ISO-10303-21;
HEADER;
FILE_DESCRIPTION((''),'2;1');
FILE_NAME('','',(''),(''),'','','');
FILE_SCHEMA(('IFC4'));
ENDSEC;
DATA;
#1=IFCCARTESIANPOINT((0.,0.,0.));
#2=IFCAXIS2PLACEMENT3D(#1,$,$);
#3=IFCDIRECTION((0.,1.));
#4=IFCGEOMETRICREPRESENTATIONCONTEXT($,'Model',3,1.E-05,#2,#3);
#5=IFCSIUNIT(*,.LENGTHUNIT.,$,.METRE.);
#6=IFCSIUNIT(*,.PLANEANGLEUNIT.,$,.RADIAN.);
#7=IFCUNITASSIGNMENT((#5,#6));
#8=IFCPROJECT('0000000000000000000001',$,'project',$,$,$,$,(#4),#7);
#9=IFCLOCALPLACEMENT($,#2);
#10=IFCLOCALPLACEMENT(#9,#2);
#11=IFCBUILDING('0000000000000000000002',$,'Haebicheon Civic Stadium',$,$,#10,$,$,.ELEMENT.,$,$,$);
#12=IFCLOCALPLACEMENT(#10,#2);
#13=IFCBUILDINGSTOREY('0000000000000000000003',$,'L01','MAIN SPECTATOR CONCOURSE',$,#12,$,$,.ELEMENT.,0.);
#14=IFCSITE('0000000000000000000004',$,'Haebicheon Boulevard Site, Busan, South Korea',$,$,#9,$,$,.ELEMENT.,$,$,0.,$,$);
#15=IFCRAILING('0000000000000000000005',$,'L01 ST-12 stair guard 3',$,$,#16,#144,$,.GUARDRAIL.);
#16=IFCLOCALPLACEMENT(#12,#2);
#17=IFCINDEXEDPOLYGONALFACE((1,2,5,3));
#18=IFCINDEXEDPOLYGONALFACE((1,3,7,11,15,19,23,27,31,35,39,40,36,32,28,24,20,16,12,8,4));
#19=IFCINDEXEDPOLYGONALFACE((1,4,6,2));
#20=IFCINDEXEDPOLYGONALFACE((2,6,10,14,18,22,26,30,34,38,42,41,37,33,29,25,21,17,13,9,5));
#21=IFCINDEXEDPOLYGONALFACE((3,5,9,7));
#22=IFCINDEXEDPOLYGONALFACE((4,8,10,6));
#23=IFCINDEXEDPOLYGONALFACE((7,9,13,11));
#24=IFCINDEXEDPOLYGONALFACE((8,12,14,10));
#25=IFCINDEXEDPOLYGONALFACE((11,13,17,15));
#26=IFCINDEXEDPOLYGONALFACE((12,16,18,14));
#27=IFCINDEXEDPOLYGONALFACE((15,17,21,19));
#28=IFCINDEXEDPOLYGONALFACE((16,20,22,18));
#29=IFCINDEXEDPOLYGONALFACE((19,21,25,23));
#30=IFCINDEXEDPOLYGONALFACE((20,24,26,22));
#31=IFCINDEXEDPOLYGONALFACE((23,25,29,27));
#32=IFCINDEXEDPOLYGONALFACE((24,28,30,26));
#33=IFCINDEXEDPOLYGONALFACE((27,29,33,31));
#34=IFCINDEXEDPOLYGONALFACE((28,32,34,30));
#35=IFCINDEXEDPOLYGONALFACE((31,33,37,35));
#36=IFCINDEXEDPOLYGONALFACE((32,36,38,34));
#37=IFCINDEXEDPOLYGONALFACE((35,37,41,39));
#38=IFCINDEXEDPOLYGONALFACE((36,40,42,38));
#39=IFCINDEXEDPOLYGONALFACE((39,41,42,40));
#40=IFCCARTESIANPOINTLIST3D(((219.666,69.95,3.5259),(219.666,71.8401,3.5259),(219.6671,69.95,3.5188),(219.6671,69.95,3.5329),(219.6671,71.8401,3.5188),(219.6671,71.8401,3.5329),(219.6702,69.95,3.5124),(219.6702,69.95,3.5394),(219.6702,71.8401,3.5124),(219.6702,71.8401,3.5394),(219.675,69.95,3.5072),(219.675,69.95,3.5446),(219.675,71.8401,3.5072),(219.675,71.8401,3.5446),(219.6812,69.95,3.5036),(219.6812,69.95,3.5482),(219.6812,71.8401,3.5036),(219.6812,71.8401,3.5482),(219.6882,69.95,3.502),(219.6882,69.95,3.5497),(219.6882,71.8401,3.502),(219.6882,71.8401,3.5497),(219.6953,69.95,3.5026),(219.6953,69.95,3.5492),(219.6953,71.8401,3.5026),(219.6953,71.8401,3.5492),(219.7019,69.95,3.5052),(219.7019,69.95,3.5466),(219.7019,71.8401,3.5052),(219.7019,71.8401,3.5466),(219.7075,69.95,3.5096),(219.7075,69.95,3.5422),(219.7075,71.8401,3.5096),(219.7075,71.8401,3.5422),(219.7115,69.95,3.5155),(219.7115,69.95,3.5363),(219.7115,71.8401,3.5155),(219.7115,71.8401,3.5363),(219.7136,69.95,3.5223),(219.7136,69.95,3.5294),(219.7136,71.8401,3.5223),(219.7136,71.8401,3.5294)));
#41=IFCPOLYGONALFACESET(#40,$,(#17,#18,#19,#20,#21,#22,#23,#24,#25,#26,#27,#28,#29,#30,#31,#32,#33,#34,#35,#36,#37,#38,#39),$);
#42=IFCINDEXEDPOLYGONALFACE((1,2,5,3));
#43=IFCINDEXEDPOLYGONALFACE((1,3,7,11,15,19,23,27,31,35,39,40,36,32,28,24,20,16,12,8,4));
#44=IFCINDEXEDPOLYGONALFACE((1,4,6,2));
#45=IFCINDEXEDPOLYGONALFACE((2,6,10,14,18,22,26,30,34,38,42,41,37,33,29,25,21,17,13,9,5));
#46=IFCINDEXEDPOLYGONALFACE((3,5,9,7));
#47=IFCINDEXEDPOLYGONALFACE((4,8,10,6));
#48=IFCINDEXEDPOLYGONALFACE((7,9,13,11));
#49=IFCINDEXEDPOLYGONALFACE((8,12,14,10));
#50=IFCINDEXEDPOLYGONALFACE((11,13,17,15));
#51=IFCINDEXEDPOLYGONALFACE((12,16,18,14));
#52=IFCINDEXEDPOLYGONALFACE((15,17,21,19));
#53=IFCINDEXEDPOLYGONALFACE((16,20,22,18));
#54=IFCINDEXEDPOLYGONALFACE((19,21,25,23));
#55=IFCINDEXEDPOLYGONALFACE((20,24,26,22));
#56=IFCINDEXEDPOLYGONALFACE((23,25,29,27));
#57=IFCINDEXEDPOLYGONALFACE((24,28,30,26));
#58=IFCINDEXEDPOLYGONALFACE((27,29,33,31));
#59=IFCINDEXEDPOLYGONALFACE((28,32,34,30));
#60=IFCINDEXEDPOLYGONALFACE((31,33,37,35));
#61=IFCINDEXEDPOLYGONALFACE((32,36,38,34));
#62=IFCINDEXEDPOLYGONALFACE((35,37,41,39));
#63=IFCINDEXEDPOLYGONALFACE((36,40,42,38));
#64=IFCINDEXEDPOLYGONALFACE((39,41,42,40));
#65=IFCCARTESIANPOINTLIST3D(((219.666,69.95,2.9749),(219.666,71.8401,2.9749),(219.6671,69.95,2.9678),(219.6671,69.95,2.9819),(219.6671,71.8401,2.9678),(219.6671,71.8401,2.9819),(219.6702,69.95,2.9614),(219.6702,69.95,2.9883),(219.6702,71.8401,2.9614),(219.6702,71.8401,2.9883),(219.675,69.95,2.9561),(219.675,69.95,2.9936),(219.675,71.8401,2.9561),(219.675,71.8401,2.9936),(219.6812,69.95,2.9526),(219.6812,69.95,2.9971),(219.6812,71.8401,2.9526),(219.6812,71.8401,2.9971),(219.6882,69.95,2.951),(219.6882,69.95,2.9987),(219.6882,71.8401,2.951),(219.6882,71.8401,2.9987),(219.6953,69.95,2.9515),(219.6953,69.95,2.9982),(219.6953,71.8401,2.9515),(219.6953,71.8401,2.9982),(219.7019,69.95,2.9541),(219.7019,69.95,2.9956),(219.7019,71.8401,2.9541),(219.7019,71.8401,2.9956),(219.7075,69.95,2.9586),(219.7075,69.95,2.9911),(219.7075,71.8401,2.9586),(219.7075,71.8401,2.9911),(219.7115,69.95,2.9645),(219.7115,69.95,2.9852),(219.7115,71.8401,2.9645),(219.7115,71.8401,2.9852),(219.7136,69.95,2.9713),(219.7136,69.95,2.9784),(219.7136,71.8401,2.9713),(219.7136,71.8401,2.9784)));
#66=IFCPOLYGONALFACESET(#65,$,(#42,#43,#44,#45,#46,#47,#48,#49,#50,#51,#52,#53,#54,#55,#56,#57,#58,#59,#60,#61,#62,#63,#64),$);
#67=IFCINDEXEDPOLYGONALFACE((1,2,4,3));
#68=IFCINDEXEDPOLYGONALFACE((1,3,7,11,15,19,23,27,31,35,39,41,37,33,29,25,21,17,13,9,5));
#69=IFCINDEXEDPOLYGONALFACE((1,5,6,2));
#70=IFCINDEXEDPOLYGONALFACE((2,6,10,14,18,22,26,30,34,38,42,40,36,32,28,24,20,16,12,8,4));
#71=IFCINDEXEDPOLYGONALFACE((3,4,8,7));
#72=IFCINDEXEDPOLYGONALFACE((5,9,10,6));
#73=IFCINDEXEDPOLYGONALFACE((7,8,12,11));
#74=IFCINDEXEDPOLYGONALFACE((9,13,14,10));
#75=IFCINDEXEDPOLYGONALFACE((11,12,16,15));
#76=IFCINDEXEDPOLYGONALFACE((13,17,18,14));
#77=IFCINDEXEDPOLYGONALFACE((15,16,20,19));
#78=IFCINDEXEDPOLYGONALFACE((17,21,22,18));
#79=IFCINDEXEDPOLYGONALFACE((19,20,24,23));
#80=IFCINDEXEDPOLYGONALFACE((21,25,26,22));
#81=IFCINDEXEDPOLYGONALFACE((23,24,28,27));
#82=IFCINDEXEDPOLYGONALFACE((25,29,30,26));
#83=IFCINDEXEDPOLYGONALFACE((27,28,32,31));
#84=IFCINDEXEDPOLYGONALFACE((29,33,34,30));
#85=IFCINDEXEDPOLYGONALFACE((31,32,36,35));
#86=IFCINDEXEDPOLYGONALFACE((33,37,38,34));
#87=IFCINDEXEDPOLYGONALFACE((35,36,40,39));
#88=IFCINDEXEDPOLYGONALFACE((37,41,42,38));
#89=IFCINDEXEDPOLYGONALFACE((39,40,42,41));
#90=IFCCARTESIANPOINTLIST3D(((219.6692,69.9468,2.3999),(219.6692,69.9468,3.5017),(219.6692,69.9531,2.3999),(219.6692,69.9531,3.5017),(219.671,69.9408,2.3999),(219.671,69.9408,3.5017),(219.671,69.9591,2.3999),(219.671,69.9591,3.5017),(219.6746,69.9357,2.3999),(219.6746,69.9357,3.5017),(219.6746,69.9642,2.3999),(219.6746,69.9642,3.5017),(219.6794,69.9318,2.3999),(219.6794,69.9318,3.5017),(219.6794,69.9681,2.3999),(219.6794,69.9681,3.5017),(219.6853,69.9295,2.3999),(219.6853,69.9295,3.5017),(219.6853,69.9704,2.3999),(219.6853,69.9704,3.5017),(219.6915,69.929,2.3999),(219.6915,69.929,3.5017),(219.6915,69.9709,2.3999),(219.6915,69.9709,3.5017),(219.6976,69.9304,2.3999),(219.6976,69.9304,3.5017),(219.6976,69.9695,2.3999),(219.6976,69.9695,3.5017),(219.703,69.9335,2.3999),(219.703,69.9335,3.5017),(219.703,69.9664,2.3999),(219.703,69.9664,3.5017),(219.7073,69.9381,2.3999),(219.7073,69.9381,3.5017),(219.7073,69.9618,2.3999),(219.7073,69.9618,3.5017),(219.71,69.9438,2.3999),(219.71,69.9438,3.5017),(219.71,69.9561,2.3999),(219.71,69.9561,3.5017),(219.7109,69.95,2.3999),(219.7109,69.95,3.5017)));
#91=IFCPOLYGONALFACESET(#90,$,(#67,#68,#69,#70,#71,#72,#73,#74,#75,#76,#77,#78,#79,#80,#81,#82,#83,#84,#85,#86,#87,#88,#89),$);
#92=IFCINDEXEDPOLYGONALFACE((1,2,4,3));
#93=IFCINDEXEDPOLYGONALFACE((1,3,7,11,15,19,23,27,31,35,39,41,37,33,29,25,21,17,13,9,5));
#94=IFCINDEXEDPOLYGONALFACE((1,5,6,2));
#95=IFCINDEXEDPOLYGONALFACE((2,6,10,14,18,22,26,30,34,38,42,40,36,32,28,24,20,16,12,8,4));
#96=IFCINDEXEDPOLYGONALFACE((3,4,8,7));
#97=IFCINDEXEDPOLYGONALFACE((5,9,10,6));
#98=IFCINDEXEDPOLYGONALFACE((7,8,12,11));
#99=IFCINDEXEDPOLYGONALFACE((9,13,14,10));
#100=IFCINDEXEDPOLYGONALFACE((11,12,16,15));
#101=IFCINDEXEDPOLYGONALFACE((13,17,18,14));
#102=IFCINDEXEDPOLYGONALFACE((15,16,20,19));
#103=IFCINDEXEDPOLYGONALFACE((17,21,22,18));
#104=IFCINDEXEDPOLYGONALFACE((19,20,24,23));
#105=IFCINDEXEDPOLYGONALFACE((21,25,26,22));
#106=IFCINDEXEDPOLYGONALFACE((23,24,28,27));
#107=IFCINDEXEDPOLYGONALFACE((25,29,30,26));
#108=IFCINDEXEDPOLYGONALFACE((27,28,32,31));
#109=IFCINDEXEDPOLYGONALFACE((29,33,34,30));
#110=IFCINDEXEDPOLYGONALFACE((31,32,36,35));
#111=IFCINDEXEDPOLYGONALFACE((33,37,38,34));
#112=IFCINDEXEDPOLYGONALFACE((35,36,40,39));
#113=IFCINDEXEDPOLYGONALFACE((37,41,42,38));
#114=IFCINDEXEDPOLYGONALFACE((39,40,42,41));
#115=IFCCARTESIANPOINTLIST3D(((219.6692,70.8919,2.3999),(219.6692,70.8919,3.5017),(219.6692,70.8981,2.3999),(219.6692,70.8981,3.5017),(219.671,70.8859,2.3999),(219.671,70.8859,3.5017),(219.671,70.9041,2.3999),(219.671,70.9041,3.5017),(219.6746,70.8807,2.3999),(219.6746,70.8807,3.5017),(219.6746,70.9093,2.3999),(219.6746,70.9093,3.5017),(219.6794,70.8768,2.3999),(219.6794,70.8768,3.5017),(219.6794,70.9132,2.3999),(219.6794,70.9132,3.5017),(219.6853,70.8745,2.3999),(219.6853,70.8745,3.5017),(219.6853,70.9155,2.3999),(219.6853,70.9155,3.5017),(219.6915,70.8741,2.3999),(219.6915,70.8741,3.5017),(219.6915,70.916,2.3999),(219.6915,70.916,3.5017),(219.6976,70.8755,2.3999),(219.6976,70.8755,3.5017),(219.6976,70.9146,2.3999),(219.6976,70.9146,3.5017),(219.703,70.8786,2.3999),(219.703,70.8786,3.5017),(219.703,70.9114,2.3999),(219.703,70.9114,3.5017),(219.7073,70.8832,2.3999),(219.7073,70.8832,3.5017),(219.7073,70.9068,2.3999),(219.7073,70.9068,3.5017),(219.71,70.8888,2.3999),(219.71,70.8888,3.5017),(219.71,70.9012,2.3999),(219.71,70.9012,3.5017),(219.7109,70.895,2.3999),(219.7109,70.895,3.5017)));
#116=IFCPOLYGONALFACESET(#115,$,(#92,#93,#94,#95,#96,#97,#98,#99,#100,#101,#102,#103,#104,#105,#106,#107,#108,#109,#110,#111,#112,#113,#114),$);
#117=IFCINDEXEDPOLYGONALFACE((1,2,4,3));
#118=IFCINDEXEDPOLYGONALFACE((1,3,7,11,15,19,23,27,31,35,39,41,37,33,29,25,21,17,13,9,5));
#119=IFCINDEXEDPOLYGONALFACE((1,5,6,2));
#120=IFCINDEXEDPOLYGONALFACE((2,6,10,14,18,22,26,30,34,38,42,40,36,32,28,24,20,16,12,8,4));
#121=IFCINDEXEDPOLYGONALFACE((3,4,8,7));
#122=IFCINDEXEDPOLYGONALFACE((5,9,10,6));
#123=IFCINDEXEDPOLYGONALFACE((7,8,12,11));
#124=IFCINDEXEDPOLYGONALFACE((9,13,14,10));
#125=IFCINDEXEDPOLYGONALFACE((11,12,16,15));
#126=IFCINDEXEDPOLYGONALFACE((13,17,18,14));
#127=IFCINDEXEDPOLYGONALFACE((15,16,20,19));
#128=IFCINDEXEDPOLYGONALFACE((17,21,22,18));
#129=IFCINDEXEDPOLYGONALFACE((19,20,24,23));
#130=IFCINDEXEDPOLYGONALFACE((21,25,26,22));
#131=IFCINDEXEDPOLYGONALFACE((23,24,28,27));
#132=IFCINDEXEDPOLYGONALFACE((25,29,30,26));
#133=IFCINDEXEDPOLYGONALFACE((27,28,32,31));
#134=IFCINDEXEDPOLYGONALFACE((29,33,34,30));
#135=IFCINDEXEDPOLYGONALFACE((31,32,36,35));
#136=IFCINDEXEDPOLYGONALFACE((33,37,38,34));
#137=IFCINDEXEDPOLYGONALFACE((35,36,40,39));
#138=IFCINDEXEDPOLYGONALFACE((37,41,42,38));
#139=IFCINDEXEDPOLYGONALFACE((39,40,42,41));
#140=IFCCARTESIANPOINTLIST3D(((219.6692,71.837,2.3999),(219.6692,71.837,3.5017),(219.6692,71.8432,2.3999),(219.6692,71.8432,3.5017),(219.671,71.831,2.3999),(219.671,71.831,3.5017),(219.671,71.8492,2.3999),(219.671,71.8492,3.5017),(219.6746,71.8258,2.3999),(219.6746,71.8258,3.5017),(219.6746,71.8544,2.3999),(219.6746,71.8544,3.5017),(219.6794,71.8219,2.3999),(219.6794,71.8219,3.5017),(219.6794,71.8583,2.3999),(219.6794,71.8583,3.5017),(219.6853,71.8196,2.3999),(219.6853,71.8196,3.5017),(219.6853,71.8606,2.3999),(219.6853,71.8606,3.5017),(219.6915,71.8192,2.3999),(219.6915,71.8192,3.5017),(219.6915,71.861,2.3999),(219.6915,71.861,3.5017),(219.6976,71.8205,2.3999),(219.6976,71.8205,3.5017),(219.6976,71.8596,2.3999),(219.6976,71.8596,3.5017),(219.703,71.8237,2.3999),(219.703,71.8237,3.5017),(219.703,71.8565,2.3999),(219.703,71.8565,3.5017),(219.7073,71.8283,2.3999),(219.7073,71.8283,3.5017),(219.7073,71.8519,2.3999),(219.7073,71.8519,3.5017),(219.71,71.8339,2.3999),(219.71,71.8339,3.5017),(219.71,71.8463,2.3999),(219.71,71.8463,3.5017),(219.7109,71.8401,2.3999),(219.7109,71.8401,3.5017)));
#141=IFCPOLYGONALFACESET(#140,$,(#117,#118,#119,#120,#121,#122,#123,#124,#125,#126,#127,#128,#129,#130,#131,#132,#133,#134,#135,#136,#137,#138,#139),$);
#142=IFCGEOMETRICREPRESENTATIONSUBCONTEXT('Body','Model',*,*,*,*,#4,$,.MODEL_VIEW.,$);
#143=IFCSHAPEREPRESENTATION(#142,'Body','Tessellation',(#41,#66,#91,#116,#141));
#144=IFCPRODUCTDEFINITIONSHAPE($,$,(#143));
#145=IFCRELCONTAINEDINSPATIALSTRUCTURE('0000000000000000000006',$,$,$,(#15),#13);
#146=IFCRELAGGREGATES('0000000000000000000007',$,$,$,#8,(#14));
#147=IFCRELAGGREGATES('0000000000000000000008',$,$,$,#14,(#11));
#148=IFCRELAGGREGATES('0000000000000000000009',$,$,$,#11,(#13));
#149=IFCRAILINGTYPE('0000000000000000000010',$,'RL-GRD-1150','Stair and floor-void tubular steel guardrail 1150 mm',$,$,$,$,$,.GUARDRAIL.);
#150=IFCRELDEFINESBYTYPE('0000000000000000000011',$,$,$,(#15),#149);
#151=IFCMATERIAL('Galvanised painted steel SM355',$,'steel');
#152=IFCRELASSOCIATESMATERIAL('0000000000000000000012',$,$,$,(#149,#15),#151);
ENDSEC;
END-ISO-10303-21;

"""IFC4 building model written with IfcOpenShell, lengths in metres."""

from ifc_helpers import new_model, si_unit, direction, frame, origin, origin_2d, place, context, subcontext, project, spatial, circle, extrude, material, type_object, element, save


model = new_model("IFC4")

# Units and contexts
model_context = context("Model", 3, precision=1e-05, world=origin(), true_north=direction((0.0, 1.0)))
body_context = subcontext(model_context, "Body", "Model", "MODEL_VIEW")
ifc_project = project(units=[si_unit("LENGTHUNIT", "METRE"), si_unit("PLANEANGLEUNIT", "RADIAN")], contexts=[model_context])

# Site, building, storey
site_placement = place(None, origin())
site = spatial("IfcSite", under=ifc_project, at=site_placement, Name="Haebicheon Boulevard Site, Busan, South Korea", CompositionType="ELEMENT", RefElevation=0.0)
building_placement = place(site_placement, origin())
building = spatial("IfcBuilding", under=site, at=building_placement, Name="Haebicheon Civic Stadium", CompositionType="ELEMENT")
storey_placement = place(building_placement, origin())
storey = spatial("IfcBuildingStorey", under=building, at=storey_placement, Name="L01", Description="MAIN SPECTATOR CONCOURSE", CompositionType="ELEMENT", Elevation=0.0)

# Railing
ifc_material_1 = material(Name="Galvanised painted steel SM355", Category="steel")
railing_type_1 = type_object("IfcRailingType", Name="RL-GRD-1150", Description="Stair and floor-void tubular steel guardrail 1150 mm", PredefinedType="GUARDRAIL", material=ifc_material_1)
railing_1_placement = place(storey_placement, frame((219.6899, 69.95, 2.3999)))
element("IfcRailing", 1, at=railing_1_placement, inside=storey, type_object=railing_type_1, material=ifc_material_1, Name="L01 ST-12 stair guard 3", PredefinedType="GUARDRAIL", context=body_context, shape_type="SweptSolid", body=[
    extrude(circle(Radius=0.0239, at=origin_2d()), frame((0.0, 0.0, 1.126), z_axis=(0.0, 1.0, 0.0), x_axis=(-1.0, 0.0, 0.0)), (0.0, 0.0, 1.0), 1.8901),
    extrude(circle(Radius=0.0239, at=origin_2d()), frame((0.0, 0.0, 0.575), z_axis=(0.0, 1.0, 0.0), x_axis=(-1.0, 0.0, 0.0)), (0.0, 0.0, 1.0), 1.8901),
    extrude(circle(Radius=0.021, at=origin_2d()), origin(), (0.0, 0.0, 1.0), 1.1018),
    extrude(circle(Radius=0.021, at=origin_2d()), frame((0.0, 0.9451, 0.0)), (0.0, 0.0, 1.0), 1.1018),
    extrude(circle(Radius=0.021, at=origin_2d()), frame((0.0, 1.8901, 0.0)), (0.0, 0.0, 1.0), 1.1018),
])

save(model, "model.ifc")
